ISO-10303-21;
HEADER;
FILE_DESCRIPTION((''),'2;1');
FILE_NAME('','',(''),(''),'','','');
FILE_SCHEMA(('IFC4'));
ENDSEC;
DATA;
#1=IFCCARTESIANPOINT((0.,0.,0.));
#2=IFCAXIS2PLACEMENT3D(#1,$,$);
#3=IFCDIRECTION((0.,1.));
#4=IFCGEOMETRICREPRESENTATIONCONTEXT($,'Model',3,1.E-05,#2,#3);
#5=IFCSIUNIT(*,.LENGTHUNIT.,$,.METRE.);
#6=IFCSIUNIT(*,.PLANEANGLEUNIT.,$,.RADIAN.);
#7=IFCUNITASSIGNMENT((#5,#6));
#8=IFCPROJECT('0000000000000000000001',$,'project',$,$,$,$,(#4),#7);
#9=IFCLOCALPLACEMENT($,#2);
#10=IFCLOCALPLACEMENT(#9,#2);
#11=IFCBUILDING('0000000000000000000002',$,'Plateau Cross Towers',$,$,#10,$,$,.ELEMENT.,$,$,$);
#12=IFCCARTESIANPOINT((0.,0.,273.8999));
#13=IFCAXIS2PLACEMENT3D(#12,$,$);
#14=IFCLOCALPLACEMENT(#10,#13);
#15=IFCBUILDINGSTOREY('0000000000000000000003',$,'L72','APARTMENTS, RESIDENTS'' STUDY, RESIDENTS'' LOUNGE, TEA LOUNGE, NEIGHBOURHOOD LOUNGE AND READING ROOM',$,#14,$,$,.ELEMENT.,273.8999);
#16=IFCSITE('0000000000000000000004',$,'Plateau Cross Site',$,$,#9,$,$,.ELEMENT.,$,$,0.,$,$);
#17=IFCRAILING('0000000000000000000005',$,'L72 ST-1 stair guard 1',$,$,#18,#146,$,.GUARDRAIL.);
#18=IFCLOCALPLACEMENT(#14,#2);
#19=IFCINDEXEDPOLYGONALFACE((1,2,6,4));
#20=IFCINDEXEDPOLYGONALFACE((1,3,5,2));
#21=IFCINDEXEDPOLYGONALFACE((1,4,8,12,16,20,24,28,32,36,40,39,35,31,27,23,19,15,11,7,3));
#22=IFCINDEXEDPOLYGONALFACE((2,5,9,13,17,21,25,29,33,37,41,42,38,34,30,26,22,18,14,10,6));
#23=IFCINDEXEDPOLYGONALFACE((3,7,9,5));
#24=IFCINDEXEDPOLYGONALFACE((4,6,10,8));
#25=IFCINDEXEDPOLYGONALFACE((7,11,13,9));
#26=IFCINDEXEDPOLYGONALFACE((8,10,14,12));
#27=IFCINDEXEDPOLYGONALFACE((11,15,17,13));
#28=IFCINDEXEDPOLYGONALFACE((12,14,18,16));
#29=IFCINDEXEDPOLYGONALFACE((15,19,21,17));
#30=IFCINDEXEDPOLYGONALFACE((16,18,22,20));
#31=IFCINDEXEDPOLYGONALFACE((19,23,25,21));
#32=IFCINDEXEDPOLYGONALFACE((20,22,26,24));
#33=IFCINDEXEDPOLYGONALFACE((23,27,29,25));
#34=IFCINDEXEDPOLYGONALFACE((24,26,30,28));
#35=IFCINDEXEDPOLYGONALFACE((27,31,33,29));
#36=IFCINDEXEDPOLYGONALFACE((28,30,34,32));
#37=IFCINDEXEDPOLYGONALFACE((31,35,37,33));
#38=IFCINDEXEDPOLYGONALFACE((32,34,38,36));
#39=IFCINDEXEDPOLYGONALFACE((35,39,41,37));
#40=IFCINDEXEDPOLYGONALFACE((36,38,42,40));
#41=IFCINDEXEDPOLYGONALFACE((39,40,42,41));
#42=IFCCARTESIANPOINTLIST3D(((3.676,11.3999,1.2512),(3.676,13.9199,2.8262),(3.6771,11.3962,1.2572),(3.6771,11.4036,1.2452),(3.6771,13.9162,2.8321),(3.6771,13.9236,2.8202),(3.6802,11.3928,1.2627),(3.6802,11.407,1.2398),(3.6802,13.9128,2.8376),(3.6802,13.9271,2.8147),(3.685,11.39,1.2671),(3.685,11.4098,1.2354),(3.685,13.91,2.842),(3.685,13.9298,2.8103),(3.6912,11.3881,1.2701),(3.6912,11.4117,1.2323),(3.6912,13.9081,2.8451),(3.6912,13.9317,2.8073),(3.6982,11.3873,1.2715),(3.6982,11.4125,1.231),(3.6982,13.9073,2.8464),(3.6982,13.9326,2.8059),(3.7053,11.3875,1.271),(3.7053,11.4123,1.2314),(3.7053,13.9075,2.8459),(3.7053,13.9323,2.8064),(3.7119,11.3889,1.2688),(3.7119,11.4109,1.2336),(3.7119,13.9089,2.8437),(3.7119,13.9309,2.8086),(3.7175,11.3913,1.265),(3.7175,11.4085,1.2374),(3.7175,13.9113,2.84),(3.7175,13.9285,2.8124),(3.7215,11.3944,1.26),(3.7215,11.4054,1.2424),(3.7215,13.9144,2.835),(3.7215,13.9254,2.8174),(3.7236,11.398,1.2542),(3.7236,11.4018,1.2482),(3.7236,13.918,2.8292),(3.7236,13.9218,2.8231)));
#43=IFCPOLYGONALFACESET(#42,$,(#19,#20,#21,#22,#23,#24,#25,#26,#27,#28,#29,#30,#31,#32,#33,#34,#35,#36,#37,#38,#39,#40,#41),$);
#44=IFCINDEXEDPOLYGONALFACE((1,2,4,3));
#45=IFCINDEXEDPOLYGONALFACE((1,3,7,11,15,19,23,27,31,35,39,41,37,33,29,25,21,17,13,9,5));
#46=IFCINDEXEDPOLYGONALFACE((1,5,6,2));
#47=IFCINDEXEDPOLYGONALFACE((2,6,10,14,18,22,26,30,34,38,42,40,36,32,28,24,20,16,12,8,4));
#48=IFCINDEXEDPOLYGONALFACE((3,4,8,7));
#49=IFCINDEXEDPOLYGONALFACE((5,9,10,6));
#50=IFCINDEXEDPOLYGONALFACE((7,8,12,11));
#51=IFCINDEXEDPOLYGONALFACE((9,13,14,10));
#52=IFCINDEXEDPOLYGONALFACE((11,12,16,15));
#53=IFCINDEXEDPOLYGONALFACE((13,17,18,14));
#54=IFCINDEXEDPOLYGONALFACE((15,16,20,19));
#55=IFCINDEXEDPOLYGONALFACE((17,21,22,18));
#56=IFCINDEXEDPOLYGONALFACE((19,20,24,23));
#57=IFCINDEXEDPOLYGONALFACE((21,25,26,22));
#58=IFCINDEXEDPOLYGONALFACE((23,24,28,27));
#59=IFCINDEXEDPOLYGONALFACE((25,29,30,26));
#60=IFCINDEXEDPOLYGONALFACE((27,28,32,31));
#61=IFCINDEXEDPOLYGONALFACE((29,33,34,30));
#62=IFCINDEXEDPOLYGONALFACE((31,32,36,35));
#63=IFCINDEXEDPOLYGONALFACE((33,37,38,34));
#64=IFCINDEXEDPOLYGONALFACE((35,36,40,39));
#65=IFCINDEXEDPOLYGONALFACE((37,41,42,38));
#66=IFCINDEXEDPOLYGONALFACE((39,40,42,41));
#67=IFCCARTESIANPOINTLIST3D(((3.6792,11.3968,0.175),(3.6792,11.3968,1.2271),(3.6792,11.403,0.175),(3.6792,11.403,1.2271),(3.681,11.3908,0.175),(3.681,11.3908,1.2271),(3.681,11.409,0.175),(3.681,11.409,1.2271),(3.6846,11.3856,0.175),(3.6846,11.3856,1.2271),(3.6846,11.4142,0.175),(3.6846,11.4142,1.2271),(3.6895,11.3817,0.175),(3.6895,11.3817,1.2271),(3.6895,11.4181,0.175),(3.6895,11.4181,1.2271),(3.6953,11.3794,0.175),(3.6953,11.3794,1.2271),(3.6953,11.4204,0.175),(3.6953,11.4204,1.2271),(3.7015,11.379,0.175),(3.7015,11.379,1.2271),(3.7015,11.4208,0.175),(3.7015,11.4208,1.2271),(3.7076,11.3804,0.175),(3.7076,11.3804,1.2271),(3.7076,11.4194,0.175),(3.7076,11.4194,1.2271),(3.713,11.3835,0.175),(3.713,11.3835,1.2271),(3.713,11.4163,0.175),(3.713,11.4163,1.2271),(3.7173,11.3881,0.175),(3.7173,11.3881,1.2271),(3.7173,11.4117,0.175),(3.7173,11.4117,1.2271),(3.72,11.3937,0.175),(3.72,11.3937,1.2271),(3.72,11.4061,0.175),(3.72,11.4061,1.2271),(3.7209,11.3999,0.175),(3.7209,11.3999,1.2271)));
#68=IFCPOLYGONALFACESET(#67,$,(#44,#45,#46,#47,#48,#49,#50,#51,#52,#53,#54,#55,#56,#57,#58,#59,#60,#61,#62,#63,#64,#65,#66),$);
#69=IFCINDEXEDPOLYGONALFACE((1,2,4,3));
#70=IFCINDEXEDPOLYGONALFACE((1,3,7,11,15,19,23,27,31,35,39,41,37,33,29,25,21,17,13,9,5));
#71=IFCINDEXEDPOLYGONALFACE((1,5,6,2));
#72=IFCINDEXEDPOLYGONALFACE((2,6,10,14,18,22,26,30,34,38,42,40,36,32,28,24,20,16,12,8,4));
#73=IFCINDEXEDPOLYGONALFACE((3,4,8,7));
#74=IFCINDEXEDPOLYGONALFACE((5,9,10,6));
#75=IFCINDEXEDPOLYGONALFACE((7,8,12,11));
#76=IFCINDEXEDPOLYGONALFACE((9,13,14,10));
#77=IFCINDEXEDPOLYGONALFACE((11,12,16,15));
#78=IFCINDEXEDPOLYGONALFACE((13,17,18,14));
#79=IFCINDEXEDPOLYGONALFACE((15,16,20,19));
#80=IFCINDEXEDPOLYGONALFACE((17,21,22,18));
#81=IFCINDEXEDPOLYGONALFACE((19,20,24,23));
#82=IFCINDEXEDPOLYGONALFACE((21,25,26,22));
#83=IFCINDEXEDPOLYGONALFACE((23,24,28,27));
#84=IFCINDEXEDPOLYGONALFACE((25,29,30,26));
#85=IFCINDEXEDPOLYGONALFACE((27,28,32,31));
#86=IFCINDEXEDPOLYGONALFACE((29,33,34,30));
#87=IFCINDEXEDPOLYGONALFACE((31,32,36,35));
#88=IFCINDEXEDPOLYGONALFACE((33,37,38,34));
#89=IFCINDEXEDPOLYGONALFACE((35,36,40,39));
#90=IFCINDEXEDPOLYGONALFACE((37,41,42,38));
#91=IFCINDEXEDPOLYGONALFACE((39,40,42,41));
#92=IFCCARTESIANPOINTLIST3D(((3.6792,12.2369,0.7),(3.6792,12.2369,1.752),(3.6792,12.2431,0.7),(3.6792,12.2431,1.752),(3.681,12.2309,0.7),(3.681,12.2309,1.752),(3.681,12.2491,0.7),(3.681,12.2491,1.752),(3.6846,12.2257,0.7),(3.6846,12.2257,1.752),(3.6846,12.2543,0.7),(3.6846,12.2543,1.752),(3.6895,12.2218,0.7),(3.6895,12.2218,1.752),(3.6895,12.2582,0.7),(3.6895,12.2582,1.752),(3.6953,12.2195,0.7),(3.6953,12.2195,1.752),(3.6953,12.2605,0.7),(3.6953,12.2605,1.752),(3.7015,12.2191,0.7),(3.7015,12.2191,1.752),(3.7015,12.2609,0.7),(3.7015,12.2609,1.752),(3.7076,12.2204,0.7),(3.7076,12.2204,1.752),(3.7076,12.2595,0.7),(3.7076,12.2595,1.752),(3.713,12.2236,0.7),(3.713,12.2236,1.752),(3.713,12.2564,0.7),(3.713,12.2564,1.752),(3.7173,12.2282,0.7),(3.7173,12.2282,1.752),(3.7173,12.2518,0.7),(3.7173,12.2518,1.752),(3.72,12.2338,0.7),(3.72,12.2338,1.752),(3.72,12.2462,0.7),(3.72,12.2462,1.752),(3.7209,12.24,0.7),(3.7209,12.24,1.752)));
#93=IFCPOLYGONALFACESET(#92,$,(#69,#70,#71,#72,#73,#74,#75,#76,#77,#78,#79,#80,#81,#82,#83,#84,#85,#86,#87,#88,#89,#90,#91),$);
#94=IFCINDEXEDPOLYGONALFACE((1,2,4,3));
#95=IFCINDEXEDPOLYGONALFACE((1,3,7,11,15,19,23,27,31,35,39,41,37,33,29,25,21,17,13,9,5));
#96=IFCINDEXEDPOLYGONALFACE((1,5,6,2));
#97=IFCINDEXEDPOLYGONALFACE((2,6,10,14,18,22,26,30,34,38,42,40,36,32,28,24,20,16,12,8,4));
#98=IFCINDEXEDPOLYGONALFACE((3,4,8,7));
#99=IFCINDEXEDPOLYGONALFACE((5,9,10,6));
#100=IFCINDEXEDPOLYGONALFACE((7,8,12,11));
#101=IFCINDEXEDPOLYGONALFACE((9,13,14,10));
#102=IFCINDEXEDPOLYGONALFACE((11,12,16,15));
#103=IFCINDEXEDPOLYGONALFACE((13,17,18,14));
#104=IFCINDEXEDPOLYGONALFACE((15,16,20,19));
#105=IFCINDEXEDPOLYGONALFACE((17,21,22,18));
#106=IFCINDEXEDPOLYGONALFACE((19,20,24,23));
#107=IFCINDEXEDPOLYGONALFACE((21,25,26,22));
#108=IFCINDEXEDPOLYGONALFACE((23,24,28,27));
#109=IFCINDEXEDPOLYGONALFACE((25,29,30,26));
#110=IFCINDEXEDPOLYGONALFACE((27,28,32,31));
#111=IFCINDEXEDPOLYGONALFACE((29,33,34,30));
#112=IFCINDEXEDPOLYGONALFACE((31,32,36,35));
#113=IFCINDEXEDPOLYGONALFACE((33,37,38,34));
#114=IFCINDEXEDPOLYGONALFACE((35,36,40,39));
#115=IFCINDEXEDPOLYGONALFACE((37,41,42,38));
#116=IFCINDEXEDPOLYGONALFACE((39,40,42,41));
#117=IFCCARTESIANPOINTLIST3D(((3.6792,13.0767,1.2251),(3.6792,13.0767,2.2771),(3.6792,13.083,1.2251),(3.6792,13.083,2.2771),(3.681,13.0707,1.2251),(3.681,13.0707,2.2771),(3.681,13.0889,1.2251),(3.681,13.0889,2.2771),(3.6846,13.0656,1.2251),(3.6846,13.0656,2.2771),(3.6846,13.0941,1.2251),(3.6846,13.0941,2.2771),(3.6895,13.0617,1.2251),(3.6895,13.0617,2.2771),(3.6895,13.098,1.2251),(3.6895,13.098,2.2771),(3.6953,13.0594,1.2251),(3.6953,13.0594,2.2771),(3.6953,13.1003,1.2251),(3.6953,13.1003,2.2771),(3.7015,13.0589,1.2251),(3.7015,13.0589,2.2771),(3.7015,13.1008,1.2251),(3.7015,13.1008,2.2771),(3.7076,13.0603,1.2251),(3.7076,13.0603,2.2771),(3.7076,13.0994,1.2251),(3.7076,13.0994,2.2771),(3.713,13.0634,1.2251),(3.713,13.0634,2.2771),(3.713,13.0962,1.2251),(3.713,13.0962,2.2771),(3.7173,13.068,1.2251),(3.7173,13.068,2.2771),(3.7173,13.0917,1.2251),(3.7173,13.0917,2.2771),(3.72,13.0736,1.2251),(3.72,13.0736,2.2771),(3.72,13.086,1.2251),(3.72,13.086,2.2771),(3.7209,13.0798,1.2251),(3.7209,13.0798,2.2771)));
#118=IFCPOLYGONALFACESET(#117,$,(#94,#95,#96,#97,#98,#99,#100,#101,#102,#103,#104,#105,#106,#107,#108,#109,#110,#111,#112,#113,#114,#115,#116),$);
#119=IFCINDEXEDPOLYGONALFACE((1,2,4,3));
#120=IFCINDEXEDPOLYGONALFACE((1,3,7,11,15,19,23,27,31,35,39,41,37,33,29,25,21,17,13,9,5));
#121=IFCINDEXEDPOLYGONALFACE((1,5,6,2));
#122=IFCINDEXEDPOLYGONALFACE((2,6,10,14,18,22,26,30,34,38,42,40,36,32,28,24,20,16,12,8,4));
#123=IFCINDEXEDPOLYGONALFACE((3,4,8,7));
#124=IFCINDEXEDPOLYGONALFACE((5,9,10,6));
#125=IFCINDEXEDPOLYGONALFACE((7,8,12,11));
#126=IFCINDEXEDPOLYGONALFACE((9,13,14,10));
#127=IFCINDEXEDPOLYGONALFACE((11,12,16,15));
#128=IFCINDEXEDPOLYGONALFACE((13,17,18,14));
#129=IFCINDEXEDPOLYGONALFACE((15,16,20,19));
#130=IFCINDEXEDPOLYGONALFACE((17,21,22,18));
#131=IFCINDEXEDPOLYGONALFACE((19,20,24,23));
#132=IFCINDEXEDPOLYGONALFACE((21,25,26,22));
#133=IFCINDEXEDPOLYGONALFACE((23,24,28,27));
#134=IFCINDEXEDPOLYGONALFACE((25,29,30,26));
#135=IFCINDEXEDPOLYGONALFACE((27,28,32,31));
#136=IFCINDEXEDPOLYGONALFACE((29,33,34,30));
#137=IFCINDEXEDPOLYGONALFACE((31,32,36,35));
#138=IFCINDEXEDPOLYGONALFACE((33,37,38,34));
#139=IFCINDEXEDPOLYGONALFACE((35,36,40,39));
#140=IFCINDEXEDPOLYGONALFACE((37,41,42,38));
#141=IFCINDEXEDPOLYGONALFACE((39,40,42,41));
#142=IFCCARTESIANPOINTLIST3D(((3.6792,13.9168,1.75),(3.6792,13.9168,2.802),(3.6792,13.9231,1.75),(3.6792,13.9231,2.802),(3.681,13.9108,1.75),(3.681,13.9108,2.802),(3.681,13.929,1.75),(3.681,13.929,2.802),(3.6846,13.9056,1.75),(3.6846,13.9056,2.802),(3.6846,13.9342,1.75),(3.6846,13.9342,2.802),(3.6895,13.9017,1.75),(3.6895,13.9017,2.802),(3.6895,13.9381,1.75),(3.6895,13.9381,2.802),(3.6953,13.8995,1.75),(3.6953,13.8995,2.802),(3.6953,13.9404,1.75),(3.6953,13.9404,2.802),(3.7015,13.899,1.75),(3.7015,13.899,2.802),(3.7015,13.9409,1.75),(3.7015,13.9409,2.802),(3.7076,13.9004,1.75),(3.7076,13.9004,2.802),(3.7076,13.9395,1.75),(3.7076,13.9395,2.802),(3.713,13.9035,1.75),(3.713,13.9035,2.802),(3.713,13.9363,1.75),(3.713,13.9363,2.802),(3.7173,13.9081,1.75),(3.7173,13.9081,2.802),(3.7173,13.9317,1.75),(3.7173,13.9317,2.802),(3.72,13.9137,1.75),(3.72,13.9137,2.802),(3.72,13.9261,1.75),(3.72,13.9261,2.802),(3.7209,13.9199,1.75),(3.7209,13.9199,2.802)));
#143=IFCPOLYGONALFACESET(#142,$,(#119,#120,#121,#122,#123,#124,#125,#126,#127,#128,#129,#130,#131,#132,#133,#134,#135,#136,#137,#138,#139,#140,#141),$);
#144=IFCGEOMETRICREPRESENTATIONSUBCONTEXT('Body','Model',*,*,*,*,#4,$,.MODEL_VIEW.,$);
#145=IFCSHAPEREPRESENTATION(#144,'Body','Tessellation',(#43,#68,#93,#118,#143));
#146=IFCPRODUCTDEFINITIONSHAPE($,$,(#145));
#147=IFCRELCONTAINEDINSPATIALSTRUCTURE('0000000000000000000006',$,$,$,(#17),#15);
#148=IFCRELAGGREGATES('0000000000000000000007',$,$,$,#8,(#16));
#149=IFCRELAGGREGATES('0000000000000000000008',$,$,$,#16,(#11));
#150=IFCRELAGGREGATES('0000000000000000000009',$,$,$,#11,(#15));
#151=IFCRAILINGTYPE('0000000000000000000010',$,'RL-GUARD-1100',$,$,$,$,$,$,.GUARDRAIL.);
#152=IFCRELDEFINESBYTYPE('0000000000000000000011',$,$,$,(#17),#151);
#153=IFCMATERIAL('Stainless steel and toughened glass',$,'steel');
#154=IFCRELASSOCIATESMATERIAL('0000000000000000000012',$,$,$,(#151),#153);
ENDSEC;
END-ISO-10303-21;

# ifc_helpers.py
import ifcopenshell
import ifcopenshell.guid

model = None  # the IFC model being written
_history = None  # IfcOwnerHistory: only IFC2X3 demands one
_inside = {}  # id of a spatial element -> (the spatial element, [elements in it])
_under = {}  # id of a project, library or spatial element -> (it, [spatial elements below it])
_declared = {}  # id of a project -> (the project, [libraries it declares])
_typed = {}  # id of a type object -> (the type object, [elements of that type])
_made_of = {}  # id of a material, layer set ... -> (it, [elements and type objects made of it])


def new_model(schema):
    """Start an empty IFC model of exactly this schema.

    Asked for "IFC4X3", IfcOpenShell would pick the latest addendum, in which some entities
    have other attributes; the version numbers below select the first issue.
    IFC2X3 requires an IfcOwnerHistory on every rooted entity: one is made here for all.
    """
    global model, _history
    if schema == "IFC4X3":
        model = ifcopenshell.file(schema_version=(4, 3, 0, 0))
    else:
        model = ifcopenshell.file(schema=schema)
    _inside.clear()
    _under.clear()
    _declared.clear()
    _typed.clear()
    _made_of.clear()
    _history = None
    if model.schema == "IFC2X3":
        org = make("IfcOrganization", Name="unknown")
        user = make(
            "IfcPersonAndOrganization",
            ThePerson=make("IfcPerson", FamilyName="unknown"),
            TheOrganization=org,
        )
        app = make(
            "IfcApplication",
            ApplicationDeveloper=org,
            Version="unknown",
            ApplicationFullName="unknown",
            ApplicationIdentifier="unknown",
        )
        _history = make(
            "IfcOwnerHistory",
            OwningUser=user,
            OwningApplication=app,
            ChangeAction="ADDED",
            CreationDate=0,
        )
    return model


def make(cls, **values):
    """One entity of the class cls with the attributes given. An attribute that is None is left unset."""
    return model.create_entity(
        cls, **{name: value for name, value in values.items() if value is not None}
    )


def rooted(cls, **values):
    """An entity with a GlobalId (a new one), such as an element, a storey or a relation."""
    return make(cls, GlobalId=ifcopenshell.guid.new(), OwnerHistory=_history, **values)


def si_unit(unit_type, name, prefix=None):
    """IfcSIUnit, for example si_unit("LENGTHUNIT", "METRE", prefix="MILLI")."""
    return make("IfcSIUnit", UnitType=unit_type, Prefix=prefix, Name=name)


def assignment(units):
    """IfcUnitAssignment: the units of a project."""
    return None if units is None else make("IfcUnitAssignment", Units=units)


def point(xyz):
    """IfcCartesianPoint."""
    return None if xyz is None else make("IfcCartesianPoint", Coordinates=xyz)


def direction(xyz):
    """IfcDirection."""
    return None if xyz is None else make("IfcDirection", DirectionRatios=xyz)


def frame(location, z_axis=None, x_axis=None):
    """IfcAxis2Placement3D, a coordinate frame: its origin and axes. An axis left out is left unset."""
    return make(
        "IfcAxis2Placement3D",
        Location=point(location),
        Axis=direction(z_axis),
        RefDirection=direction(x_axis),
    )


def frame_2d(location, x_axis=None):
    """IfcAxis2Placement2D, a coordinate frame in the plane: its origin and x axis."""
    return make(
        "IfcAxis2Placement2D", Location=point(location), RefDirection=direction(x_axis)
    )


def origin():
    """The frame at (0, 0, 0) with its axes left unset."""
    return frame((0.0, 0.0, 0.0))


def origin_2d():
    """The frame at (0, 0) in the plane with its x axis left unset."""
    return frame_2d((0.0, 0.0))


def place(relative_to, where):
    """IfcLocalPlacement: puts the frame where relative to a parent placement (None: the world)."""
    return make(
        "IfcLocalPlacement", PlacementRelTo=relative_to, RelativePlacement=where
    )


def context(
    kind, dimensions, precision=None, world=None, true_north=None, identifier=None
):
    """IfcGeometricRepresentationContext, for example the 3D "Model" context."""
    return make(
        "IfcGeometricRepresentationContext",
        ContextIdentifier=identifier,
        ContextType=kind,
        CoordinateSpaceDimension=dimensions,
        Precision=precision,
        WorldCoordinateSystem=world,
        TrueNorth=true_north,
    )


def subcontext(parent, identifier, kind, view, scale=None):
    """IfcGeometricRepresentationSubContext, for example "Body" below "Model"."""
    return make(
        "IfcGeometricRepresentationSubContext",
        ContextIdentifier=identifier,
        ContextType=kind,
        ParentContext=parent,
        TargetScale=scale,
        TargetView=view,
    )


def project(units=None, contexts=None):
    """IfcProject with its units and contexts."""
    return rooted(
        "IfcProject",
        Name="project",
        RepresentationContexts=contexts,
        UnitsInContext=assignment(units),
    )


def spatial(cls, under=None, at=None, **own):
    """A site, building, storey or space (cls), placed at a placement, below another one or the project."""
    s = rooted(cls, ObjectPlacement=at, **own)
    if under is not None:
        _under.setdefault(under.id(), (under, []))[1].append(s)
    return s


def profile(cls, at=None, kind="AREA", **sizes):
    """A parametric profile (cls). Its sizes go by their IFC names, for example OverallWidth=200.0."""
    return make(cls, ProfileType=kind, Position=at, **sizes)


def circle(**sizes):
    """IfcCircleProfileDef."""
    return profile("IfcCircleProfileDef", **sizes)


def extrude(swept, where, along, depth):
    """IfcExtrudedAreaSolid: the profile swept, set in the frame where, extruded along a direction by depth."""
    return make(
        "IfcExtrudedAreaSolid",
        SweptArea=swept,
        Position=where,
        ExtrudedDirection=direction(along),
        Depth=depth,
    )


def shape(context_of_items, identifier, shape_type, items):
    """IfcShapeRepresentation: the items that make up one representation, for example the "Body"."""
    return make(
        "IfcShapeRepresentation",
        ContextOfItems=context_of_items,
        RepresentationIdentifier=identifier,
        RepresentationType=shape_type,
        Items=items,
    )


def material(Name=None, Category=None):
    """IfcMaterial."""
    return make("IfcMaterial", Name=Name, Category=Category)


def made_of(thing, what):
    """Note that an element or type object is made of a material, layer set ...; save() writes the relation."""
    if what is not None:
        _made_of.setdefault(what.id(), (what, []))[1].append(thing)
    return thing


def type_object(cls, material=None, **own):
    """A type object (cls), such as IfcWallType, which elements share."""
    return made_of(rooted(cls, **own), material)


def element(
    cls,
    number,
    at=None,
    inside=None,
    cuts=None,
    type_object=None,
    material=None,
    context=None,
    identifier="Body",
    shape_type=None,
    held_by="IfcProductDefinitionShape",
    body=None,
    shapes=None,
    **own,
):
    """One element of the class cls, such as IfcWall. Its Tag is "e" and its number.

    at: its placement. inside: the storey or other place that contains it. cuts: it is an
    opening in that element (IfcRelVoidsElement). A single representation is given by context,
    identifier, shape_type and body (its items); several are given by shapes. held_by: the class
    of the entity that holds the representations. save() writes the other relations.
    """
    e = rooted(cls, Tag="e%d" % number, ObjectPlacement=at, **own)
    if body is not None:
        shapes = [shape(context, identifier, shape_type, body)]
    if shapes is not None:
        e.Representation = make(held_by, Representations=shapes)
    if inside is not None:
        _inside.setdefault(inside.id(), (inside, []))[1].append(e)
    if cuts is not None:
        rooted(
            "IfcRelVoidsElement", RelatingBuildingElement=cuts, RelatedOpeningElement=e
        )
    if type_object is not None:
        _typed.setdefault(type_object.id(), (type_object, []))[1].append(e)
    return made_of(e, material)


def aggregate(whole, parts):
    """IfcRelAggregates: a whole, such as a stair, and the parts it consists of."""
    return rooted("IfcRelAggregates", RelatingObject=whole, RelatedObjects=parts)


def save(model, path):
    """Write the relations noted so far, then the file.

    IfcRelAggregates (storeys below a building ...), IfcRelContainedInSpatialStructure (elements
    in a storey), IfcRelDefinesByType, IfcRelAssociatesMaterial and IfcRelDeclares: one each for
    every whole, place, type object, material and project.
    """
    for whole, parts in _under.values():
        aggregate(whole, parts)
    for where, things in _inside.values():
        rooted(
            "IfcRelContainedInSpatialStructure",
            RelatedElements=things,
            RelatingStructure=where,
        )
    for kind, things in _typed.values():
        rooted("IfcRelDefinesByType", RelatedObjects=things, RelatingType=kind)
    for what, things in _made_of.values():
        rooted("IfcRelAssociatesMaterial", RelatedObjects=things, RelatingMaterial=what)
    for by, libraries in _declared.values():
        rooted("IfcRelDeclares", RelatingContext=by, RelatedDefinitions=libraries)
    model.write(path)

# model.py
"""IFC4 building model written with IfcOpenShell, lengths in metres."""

from ifc_helpers import new_model, si_unit, direction, frame, origin, origin_2d, place, context, subcontext, project, spatial, circle, extrude, material, type_object, element, save


model = new_model("IFC4")

# Units and contexts
model_context = context("Model", 3, precision=1e-05, world=origin(), true_north=direction((0.0, 1.0)))
body_context = subcontext(model_context, "Body", "Model", "MODEL_VIEW")
ifc_project = project(units=[si_unit("LENGTHUNIT", "METRE"), si_unit("PLANEANGLEUNIT", "RADIAN")], contexts=[model_context])

# Site, building, storey
site_placement = place(None, origin())
site = spatial("IfcSite", under=ifc_project, at=site_placement, Name="Plateau Cross Site", CompositionType="ELEMENT", RefElevation=0.0)
building_placement = place(site_placement, origin())
building = spatial("IfcBuilding", under=site, at=building_placement, Name="Plateau Cross Towers", CompositionType="ELEMENT")
storey_placement = place(building_placement, frame((0.0, 0.0, 273.8999)))
storey = spatial("IfcBuildingStorey", under=building, at=storey_placement, Name="L72", Description="APARTMENTS, RESIDENTS' STUDY, RESIDENTS' LOUNGE, TEA LOUNGE, NEIGHBOURHOOD LOUNGE AND READING ROOM", CompositionType="ELEMENT", Elevation=273.8999)

# Railing
ifc_material_1 = material(Name="Stainless steel and toughened glass", Category="steel")
railing_type_1 = type_object("IfcRailingType", Name="RL-GUARD-1100", PredefinedType="GUARDRAIL", material=ifc_material_1)
railing_1_placement = place(storey_placement, frame((3.7, 11.3999, 0.175)))
element("IfcRailing", 1, at=railing_1_placement, inside=storey, type_object=railing_type_1, Name="L72 ST-1 stair guard 1", PredefinedType="GUARDRAIL", context=body_context, shape_type="SweptSolid", body=[
    extrude(circle(Radius=0.0239, at=origin_2d()), frame((0.0, 0.0, 1.0762), z_axis=(0.0, 0.848008, 0.529984), x_axis=(-1.0, 0.0, 0.0)), (0.0, 0.0, 1.0), 2.9717),
    extrude(circle(Radius=0.021, at=origin_2d()), origin(), (0.0, 0.0, 1.0), 1.052),
    extrude(circle(Radius=0.021, at=origin_2d()), frame((0.0, 0.8401, 0.5249)), (0.0, 0.0, 1.0), 1.052),
    extrude(circle(Radius=0.021, at=origin_2d()), frame((0.0, 1.6799, 1.05)), (0.0, 0.0, 1.0), 1.052),
    extrude(circle(Radius=0.021, at=origin_2d()), frame((0.0, 2.52, 1.575)), (0.0, 0.0, 1.0), 1.052),
])

save(model, "model.ifc")
